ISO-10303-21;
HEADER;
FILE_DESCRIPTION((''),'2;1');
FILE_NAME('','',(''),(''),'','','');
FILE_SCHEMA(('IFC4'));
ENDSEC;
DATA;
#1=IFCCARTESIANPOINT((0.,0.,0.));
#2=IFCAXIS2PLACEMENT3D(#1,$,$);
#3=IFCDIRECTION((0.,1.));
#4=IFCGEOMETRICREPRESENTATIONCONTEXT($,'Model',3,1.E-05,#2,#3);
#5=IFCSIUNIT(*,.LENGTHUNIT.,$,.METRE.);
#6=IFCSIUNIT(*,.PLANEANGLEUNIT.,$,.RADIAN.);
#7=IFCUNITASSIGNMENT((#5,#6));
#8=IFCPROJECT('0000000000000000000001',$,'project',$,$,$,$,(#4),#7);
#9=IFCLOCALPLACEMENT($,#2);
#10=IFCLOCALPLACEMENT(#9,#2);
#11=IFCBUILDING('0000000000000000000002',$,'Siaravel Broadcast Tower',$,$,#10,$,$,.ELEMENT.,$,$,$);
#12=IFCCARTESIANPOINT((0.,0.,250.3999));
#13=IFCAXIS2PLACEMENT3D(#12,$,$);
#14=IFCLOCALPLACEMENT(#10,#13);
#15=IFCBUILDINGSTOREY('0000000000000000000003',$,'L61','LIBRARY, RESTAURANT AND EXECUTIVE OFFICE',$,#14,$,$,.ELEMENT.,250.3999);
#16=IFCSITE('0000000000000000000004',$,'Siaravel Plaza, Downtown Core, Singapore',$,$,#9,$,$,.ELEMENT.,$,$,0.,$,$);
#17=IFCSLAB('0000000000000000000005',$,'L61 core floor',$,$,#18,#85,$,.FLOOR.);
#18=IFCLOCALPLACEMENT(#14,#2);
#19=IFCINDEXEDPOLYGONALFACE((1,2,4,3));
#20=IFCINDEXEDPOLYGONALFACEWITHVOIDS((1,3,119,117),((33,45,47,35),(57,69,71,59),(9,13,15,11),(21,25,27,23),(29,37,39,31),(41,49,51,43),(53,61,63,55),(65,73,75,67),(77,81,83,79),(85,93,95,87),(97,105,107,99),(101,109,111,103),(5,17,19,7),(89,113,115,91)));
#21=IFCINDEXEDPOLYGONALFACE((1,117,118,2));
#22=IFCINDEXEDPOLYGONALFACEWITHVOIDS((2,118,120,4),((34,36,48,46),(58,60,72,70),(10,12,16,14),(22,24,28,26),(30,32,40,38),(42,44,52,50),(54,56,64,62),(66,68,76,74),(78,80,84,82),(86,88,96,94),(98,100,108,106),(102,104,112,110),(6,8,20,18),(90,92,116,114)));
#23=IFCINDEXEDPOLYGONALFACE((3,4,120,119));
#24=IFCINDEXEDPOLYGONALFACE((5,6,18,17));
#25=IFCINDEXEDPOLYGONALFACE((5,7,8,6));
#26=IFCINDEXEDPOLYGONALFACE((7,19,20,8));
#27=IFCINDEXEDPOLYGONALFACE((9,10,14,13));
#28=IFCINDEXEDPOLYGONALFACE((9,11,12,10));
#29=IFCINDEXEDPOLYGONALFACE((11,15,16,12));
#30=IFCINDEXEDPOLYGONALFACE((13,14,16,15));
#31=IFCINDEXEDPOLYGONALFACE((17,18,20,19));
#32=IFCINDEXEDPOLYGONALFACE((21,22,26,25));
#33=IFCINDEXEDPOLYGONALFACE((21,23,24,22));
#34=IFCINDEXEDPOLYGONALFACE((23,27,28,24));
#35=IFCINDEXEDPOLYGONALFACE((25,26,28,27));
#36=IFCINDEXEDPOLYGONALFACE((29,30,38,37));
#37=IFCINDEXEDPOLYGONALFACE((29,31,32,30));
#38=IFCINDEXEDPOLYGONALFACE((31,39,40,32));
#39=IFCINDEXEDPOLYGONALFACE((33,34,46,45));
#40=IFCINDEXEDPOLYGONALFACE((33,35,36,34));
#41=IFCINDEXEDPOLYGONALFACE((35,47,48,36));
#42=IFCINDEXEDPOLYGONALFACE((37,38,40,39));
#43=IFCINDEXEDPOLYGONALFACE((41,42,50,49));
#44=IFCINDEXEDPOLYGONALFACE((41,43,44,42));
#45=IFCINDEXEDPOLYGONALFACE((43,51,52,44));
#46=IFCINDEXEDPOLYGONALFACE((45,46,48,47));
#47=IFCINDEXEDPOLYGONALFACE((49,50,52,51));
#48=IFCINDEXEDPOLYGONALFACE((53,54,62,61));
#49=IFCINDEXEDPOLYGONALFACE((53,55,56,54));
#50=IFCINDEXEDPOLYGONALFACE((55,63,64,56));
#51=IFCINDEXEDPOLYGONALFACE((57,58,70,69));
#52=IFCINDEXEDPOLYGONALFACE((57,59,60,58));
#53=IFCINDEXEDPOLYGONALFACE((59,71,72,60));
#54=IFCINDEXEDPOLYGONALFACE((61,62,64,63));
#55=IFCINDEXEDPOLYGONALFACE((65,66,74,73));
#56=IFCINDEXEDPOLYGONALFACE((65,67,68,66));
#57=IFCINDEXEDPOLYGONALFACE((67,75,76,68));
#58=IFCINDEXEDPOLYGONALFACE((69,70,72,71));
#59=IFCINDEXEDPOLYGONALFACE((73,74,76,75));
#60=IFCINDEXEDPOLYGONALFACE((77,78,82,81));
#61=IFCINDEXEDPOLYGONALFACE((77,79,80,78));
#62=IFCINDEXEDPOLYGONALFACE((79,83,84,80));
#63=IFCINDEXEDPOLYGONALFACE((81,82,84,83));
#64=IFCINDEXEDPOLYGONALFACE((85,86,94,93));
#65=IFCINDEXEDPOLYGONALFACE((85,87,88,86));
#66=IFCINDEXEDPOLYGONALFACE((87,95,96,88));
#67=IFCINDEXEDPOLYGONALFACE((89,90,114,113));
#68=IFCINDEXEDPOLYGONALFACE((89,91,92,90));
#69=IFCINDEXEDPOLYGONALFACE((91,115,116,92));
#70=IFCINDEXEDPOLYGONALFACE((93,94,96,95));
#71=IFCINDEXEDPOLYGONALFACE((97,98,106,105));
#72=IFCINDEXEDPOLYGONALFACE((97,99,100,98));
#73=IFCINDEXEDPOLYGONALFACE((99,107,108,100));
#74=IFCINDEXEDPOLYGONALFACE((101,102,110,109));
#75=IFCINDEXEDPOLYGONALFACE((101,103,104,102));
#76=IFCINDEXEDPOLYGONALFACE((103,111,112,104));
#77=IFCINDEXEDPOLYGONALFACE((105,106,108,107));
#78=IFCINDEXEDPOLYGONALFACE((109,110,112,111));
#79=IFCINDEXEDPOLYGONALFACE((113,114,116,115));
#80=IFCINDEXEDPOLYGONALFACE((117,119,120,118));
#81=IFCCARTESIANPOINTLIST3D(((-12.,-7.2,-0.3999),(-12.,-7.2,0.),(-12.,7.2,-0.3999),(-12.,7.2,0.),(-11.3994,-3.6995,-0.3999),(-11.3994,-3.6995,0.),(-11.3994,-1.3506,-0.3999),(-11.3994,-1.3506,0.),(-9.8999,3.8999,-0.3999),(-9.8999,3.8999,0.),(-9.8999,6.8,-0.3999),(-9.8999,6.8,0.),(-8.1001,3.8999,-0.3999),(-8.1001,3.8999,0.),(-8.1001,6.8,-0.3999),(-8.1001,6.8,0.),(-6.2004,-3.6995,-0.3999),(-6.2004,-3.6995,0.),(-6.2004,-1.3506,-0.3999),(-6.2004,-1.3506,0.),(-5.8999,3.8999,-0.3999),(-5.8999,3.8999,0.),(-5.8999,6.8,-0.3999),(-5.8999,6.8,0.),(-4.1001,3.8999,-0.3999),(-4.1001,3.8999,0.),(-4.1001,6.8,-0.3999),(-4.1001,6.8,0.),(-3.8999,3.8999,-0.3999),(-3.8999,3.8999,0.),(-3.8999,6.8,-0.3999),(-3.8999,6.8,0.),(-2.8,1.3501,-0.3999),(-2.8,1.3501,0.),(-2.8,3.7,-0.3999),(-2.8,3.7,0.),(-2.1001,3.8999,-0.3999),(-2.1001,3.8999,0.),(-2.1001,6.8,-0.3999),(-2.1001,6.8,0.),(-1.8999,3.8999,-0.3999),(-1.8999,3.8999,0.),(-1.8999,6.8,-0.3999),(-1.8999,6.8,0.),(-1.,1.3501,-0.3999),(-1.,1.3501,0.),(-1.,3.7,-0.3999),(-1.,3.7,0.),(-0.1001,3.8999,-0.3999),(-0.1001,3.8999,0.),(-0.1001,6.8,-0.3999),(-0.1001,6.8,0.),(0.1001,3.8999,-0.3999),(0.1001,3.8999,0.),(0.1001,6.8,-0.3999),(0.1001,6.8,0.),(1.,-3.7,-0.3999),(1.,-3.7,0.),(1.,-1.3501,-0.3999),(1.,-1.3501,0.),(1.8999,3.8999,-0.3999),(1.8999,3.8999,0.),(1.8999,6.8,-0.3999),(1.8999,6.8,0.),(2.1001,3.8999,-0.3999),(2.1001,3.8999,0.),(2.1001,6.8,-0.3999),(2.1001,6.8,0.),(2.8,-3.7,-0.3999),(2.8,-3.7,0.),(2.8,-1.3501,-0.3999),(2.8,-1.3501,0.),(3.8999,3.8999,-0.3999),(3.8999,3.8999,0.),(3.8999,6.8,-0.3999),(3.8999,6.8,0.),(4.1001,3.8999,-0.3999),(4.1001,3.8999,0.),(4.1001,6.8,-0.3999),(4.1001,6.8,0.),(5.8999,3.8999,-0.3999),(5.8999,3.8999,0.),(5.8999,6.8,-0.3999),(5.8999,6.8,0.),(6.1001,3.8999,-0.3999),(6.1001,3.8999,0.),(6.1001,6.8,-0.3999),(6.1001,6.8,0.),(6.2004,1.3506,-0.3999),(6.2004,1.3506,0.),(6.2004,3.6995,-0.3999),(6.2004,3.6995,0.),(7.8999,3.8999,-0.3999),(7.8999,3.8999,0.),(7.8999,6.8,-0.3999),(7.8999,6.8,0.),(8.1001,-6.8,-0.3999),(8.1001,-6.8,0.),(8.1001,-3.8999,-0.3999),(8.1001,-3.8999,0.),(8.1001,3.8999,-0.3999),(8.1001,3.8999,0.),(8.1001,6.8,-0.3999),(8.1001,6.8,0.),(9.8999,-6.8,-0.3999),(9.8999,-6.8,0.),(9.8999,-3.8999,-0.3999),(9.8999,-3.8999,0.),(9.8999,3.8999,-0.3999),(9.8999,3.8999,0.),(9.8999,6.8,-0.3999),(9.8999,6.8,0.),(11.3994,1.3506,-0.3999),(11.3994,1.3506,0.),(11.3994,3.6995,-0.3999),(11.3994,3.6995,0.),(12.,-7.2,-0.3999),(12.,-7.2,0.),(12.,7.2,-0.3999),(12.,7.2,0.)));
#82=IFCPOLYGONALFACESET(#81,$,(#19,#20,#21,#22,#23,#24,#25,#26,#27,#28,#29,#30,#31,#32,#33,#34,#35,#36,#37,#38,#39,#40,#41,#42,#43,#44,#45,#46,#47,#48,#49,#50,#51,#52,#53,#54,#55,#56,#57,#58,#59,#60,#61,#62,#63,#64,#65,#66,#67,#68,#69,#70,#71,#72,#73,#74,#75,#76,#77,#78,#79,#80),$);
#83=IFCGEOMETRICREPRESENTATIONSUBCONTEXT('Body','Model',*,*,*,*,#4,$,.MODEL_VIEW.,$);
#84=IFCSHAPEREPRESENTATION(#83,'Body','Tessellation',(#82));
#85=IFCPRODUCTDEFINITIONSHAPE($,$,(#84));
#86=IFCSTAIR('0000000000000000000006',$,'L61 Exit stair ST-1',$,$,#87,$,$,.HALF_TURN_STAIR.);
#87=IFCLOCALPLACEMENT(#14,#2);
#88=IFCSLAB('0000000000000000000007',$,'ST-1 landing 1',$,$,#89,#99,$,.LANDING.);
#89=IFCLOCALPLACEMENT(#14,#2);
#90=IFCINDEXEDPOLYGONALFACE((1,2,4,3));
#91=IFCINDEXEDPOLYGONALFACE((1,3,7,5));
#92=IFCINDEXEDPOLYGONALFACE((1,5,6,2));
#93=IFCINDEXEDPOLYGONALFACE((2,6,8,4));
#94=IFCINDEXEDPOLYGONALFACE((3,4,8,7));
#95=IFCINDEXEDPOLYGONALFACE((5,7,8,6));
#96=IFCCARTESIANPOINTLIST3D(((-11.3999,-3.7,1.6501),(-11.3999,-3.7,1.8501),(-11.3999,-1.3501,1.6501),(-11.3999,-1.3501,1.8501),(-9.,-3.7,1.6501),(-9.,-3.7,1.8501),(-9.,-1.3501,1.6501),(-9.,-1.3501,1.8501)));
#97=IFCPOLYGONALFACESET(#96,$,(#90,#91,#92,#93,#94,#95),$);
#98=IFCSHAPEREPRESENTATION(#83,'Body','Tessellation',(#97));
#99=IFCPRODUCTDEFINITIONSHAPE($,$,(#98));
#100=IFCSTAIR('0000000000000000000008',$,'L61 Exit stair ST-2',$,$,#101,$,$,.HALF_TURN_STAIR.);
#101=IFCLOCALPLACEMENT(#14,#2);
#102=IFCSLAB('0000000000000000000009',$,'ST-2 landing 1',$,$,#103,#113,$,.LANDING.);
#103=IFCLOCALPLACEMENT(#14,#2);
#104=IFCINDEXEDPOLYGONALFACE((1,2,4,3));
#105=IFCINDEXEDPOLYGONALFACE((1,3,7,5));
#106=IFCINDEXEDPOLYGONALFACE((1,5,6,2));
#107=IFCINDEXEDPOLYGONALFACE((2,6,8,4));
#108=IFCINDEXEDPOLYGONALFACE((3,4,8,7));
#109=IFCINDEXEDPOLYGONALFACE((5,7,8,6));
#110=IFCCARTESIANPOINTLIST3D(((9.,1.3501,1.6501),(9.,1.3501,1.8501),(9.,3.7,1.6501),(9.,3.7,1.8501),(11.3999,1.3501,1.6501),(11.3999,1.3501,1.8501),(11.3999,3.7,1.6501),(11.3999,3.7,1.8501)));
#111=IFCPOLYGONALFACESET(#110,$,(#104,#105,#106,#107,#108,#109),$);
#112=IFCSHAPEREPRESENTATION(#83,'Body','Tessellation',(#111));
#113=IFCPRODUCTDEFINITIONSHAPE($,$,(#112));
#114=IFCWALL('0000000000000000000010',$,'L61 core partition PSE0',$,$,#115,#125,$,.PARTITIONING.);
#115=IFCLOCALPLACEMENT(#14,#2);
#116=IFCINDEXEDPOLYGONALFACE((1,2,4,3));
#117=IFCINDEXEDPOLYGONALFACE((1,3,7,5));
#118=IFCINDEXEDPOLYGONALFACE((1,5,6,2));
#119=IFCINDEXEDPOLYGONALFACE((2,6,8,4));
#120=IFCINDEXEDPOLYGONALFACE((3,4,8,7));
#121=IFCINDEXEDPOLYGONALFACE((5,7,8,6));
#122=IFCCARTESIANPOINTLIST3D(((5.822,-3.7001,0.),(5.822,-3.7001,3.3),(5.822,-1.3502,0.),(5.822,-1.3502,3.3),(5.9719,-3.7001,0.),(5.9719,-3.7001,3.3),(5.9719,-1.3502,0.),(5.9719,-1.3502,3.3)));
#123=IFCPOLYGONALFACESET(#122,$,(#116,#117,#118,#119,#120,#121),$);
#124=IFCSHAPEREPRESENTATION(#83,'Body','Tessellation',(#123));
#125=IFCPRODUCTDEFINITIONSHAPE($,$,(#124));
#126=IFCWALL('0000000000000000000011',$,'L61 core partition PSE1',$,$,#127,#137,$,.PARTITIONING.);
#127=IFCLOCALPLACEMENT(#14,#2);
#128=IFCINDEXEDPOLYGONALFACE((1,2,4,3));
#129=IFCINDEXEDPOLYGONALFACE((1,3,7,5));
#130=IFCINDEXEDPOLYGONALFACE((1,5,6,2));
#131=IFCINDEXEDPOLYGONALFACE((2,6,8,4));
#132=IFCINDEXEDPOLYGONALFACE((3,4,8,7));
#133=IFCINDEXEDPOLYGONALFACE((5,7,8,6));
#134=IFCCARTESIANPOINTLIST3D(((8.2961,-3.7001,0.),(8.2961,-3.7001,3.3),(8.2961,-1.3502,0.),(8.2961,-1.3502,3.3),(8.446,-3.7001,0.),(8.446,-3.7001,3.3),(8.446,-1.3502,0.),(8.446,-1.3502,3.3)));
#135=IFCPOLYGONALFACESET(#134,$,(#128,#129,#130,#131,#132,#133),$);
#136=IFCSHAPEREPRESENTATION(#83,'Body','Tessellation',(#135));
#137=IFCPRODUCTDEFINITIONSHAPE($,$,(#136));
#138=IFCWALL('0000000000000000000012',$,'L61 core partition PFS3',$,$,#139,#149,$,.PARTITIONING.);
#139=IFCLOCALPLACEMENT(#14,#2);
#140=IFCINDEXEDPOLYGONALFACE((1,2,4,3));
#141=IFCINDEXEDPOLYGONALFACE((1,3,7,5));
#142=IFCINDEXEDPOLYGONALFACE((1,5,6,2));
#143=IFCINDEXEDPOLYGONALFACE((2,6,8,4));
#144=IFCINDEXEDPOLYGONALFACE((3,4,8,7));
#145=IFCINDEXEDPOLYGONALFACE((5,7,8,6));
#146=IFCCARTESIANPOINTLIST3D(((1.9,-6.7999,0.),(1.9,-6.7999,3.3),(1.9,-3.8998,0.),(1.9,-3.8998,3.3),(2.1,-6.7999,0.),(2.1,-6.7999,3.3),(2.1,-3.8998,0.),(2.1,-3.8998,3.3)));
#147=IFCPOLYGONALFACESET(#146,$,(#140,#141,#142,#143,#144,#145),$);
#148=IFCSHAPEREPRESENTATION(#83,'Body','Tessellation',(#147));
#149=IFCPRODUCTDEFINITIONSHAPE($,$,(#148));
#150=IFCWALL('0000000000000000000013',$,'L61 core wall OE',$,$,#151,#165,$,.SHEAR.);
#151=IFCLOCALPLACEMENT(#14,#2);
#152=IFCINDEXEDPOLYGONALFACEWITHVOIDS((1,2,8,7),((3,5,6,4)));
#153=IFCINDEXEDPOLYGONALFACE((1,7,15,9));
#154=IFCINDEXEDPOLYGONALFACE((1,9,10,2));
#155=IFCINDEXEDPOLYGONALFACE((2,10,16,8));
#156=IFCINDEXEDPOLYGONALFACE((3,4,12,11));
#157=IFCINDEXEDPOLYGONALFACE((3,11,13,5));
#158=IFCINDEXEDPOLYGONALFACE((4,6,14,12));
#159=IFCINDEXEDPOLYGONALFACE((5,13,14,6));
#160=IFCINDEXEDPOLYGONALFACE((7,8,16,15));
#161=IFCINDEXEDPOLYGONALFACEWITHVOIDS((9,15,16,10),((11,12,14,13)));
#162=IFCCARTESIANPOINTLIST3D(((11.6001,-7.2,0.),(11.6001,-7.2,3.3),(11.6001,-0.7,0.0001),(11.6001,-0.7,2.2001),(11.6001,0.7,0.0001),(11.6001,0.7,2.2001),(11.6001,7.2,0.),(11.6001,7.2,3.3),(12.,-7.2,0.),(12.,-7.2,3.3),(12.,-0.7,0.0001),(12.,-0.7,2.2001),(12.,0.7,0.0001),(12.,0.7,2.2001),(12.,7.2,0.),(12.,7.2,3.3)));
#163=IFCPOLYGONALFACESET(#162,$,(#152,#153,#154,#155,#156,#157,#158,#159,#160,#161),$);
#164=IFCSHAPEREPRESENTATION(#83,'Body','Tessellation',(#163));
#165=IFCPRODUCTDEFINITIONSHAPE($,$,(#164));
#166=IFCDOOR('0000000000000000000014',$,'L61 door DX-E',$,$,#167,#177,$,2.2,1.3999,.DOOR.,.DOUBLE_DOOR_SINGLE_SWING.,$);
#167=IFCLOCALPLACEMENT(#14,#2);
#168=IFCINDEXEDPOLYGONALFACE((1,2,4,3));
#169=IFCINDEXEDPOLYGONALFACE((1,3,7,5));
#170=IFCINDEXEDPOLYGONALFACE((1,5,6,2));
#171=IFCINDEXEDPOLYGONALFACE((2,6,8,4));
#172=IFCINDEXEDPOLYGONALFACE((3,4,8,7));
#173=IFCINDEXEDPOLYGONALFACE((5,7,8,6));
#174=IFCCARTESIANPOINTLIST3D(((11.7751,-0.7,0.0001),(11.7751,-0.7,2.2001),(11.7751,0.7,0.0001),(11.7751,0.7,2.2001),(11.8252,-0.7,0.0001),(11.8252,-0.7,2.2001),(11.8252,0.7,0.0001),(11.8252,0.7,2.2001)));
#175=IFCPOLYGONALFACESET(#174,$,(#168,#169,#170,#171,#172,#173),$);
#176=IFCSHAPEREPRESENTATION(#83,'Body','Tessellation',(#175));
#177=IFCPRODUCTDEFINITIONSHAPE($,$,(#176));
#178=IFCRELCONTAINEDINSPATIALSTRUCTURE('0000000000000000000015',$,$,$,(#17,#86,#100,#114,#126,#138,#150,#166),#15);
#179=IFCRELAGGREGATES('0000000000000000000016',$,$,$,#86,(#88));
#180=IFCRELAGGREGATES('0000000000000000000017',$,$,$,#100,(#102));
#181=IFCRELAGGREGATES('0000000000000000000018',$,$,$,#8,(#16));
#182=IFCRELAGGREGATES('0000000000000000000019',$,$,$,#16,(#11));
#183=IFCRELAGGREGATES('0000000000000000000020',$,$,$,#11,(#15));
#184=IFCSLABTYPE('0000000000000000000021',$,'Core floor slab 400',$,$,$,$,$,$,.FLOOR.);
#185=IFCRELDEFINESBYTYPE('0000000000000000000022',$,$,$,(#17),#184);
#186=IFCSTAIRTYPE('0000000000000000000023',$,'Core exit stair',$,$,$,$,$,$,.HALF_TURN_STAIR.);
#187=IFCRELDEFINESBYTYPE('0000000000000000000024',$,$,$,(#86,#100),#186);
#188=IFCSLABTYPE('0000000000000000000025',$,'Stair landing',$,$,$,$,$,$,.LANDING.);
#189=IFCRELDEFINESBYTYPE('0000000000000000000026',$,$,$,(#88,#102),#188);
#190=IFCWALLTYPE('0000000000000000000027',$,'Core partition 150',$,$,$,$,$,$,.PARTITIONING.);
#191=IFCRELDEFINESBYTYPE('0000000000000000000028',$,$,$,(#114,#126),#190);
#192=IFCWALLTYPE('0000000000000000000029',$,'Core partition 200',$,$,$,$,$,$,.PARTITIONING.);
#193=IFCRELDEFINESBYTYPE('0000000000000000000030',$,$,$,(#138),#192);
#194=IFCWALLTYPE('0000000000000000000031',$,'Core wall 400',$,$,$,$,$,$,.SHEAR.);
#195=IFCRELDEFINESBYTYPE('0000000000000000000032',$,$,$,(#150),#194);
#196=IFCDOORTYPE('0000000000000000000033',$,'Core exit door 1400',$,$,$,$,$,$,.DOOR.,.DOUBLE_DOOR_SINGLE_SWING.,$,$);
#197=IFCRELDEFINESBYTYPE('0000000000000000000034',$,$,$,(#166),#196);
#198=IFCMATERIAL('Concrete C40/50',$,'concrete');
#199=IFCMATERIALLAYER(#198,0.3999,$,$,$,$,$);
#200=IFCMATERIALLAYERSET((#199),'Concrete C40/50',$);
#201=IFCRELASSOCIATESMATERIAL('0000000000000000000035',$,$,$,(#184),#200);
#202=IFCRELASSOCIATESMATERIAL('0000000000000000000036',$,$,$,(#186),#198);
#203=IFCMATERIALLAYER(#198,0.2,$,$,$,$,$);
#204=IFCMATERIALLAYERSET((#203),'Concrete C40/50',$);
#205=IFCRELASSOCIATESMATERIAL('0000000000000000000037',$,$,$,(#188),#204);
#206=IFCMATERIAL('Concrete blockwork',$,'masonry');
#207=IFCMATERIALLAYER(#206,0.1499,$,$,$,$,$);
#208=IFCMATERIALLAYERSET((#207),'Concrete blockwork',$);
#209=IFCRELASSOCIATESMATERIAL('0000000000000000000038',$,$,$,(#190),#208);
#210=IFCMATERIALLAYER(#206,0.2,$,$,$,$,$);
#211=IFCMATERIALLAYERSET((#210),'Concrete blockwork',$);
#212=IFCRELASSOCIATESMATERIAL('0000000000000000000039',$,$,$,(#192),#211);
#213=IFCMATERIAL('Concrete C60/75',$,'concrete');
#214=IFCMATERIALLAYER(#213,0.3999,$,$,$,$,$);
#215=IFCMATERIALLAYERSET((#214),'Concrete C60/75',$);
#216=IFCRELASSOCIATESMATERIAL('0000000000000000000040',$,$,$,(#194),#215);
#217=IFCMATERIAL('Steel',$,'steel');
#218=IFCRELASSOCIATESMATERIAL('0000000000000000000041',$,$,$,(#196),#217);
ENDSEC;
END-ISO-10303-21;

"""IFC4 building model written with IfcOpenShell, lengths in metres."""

from ifc_helpers import new_model, si_unit, direction, frame, frame_2d, origin, place, context, subcontext, project, spatial, polyline, rectangle, outline, extrude, material, layer, layer_set, type_object, element, fill, aggregate, save


model = new_model("IFC4")

# Units and contexts
model_context = context("Model", 3, precision=1e-05, world=origin(), true_north=direction((0.0, 1.0)))
body_context = subcontext(model_context, "Body", "Model", "MODEL_VIEW")
ifc_project = project(units=[si_unit("LENGTHUNIT", "METRE"), si_unit("PLANEANGLEUNIT", "RADIAN")], contexts=[model_context])

# Site, building, storey
site_placement = place(None, origin())
site = spatial("IfcSite", under=ifc_project, at=site_placement, Name="Siaravel Plaza, Downtown Core, Singapore", CompositionType="ELEMENT", RefElevation=0.0)
building_placement = place(site_placement, origin())
building = spatial("IfcBuilding", under=site, at=building_placement, Name="Siaravel Broadcast Tower", CompositionType="ELEMENT")
storey_placement = place(building_placement, frame((0.0, 0.0, 250.3999)))
storey = spatial("IfcBuildingStorey", under=building, at=storey_placement, Name="L61", Description="LIBRARY, RESTAURANT AND EXECUTIVE OFFICE", CompositionType="ELEMENT", Elevation=250.3999)

# Slab
ifc_material_1 = material(Name="Concrete C40/50", Category="concrete")
ifc_layer_1 = layer(ifc_material_1, 0.3999)
ifc_layer_set_1 = layer_set([ifc_layer_1], Name="Concrete C40/50")
slab_type_1 = type_object("IfcSlabType", Name="Core floor slab 400", PredefinedType="FLOOR", material=ifc_layer_set_1)
slab_1_placement = place(storey_placement, frame((0.0, 0.0, -0.3999)))
element("IfcSlab", 1, at=slab_1_placement, inside=storey, type_object=slab_type_1, Name="L61 core floor", PredefinedType="FLOOR", context=body_context, shape_type="SweptSolid", body=[
    extrude(outline(polyline([(-12.0, -7.2), (-12.0, 7.2), (12.0, 7.2), (12.0, -7.2), (-12.0, -7.2)]), holes=[polyline([(11.3994, 1.3506), (11.3994, 3.6995), (6.2004, 3.6995), (6.2004, 1.3506), (11.3994, 1.3506)]), polyline([(8.1001, -3.8999), (8.1001, -6.8), (9.8999, -6.8), (9.8999, -3.8999), (8.1001, -3.8999)]), polyline([(9.8999, 6.8), (8.1001, 6.8), (8.1001, 3.8999), (9.8999, 3.8999), (9.8999, 6.8)]), polyline([(7.8999, 6.8), (6.1001, 6.8), (6.1001, 3.8999), (7.8999, 3.8999), (7.8999, 6.8)]), polyline([(5.8999, 6.8), (4.1001, 6.8), (4.1001, 3.8999), (5.8999, 3.8999), (5.8999, 6.8)]), polyline([(3.8999, 6.8), (2.1001, 6.8), (2.1001, 3.8999), (3.8999, 3.8999), (3.8999, 6.8)]), polyline([(2.8, -1.3501), (1.0, -1.3501), (1.0, -3.7), (2.8, -3.7), (2.8, -1.3501)]), polyline([(1.8999, 6.8), (0.1001, 6.8), (0.1001, 3.8999), (1.8999, 3.8999), (1.8999, 6.8)]), polyline([(-0.1001, 6.8), (-1.8999, 6.8), (-1.8999, 3.8999), (-0.1001, 3.8999), (-0.1001, 6.8)]), polyline([(-1.0, 3.7), (-2.8, 3.7), (-2.8, 1.3501), (-1.0, 1.3501), (-1.0, 3.7)]), polyline([(-2.1001, 6.8), (-3.8999, 6.8), (-3.8999, 3.8999), (-2.1001, 3.8999), (-2.1001, 6.8)]), polyline([(-4.1001, 6.8), (-5.8999, 6.8), (-5.8999, 3.8999), (-4.1001, 3.8999), (-4.1001, 6.8)]), polyline([(-11.3994, -3.6995), (-6.2004, -3.6995), (-6.2004, -1.3506), (-11.3994, -1.3506), (-11.3994, -3.6995)]), polyline([(-8.1001, 6.8), (-9.8999, 6.8), (-9.8999, 3.8999), (-8.1001, 3.8999), (-8.1001, 6.8)])]), origin(), (0.0, 0.0, 1.0), 0.3999),
])

# Stairs, slabs
stair_type = type_object("IfcStairType", Name="Core exit stair", PredefinedType="HALF_TURN_STAIR", material=ifc_material_1)
stair_1_placement = place(storey_placement, origin())
stair_1 = element("IfcStair", 2, at=stair_1_placement, inside=storey, type_object=stair_type, Name="L61 Exit stair ST-1", PredefinedType="HALF_TURN_STAIR")
ifc_layer_2 = layer(ifc_material_1, 0.2)
ifc_layer_set_2 = layer_set([ifc_layer_2], Name="Concrete C40/50")
slab_type_2 = type_object("IfcSlabType", Name="Stair landing", PredefinedType="LANDING", material=ifc_layer_set_2)
slab_2_placement = place(storey_placement, frame((0.0, 0.0, 1.6501)))
slab_2 = element("IfcSlab", 3, at=slab_2_placement, type_object=slab_type_2, Name="ST-1 landing 1", PredefinedType="LANDING", context=body_context, shape_type="SweptSolid", body=[
    extrude(outline(polyline([(-9.0, -1.3501), (-11.3999, -1.3501), (-11.3999, -3.7), (-9.0, -3.7), (-9.0, -1.3501)])), origin(), (0.0, 0.0, 1.0), 0.2),
])
aggregate(stair_1, [slab_2])
stair_2_placement = place(storey_placement, origin())
stair_2 = element("IfcStair", 4, at=stair_2_placement, inside=storey, type_object=stair_type, Name="L61 Exit stair ST-2", PredefinedType="HALF_TURN_STAIR")
slab_3_placement = place(storey_placement, frame((0.0, 0.0, 1.6501)))
slab_3 = element("IfcSlab", 5, at=slab_3_placement, type_object=slab_type_2, Name="ST-2 landing 1", PredefinedType="LANDING", context=body_context, shape_type="SweptSolid", body=[
    extrude(outline(polyline([(9.0, 1.3501), (11.3999, 1.3501), (11.3999, 3.7), (9.0, 3.7), (9.0, 1.3501)])), origin(), (0.0, 0.0, 1.0), 0.2),
])
aggregate(stair_2, [slab_3])

# Walls
ifc_material_2 = material(Name="Concrete blockwork", Category="masonry")
ifc_layer_3 = layer(ifc_material_2, 0.1499)
ifc_layer_set_3 = layer_set([ifc_layer_3], Name="Concrete blockwork")
wall_type_1 = type_object("IfcWallType", Name="Core partition 150", PredefinedType="PARTITIONING", material=ifc_layer_set_3)
for number, where, z_axis, x_axis, name in (
    (6, (5.897, -3.7, 0.0), (0.0, 0.0, 1.0), (0.0, 1.0, 0.0), "L61 core partition PSE0"),
    (7, (8.3711, -3.7, 0.0), (0.0, 0.0, 1.0), (0.0, 1.0, 0.0), "L61 core partition PSE1"),
):
    element("IfcWall", number, at=place(storey_placement, frame(where, z_axis=z_axis, x_axis=x_axis)), inside=storey, type_object=wall_type_1, Name=name, PredefinedType="PARTITIONING", context=body_context, shape_type="SweptSolid", body=[
        extrude(rectangle(XDim=2.3499, YDim=0.1499, at=frame_2d((1.1748, 0.0))), origin(), (0.0, 0.0, 1.0), 3.3),
    ])
ifc_layer_4 = layer(ifc_material_2, 0.2)
ifc_layer_set_4 = layer_set([ifc_layer_4], Name="Concrete blockwork")
wall_type_2 = type_object("IfcWallType", Name="Core partition 200", PredefinedType="PARTITIONING", material=ifc_layer_set_4)
wall_1_placement = place(storey_placement, frame((2.0, -6.8, 0.0), z_axis=(0.0, 0.0, 1.0), x_axis=(0.0, 1.0, 0.0)))
element("IfcWall", 8, at=wall_1_placement, inside=storey, type_object=wall_type_2, Name="L61 core partition PFS3", PredefinedType="PARTITIONING", context=body_context, shape_type="SweptSolid", body=[
    extrude(rectangle(XDim=2.9001, YDim=0.2, at=frame_2d((1.4502, 0.0))), origin(), (0.0, 0.0, 1.0), 3.3),
])

# Wall, opening, door
ifc_material_3 = material(Name="Concrete C60/75", Category="concrete")
ifc_layer_5 = layer(ifc_material_3, 0.3999)
ifc_layer_set_5 = layer_set([ifc_layer_5], Name="Concrete C60/75")
wall_type_3 = type_object("IfcWallType", Name="Core wall 400", PredefinedType="SHEAR", material=ifc_layer_set_5)
wall_2_placement = place(storey_placement, frame((11.8, -7.2, 0.0), z_axis=(0.0, 0.0, 1.0), x_axis=(0.0, 1.0, 0.0)))
wall_2 = element("IfcWall", 9, at=wall_2_placement, inside=storey, type_object=wall_type_3, Name="L61 core wall OE", PredefinedType="SHEAR", context=body_context, shape_type="SweptSolid", body=[
    extrude(rectangle(XDim=14.3999, YDim=0.3999, at=frame_2d((7.2, 0.0))), origin(), (0.0, 0.0, 1.0), 3.3),
])
opening_1_placement = place(wall_2_placement, frame((6.5, 0.0, 0.0)))
opening_1 = element("IfcOpeningElement", 10, at=opening_1_placement, cuts=wall_2, PredefinedType="OPENING", context=body_context, shape_type="SweptSolid", body=[
    extrude(rectangle(XDim=1.3999, YDim=2.2, at=frame_2d((0.7, 1.1001))), frame((0.0, 0.21, 0.0), z_axis=(0.0, -1.0, 0.0), x_axis=(1.0, 0.0, 0.0)), (0.0, 0.0, 1.0), 0.4199),
])
ifc_material_4 = material(Name="Steel", Category="steel")
door_type_1 = type_object("IfcDoorType", Name="Core exit door 1400", OperationType="DOUBLE_DOOR_SINGLE_SWING", PredefinedType="DOOR", material=ifc_material_4)
door_1_placement = place(opening_1_placement, origin())
door_1 = element("IfcDoor", 11, at=door_1_placement, inside=storey, type_object=door_type_1, Name="L61 door DX-E", OperationType="DOUBLE_DOOR_SINGLE_SWING", OverallHeight=2.2, OverallWidth=1.3999, PredefinedType="DOOR", context=body_context, shape_type="SweptSolid", body=[
    extrude(rectangle(XDim=1.3999, YDim=2.2, at=frame_2d((0.7, 1.1001))), frame((0.0, 0.0249, 0.0), z_axis=(0.0, -1.0, 0.0), x_axis=(1.0, 0.0, 0.0)), (0.0, 0.0, 1.0), 0.05),
])
fill(opening_1, door_1)

save(model, "model.ifc")
